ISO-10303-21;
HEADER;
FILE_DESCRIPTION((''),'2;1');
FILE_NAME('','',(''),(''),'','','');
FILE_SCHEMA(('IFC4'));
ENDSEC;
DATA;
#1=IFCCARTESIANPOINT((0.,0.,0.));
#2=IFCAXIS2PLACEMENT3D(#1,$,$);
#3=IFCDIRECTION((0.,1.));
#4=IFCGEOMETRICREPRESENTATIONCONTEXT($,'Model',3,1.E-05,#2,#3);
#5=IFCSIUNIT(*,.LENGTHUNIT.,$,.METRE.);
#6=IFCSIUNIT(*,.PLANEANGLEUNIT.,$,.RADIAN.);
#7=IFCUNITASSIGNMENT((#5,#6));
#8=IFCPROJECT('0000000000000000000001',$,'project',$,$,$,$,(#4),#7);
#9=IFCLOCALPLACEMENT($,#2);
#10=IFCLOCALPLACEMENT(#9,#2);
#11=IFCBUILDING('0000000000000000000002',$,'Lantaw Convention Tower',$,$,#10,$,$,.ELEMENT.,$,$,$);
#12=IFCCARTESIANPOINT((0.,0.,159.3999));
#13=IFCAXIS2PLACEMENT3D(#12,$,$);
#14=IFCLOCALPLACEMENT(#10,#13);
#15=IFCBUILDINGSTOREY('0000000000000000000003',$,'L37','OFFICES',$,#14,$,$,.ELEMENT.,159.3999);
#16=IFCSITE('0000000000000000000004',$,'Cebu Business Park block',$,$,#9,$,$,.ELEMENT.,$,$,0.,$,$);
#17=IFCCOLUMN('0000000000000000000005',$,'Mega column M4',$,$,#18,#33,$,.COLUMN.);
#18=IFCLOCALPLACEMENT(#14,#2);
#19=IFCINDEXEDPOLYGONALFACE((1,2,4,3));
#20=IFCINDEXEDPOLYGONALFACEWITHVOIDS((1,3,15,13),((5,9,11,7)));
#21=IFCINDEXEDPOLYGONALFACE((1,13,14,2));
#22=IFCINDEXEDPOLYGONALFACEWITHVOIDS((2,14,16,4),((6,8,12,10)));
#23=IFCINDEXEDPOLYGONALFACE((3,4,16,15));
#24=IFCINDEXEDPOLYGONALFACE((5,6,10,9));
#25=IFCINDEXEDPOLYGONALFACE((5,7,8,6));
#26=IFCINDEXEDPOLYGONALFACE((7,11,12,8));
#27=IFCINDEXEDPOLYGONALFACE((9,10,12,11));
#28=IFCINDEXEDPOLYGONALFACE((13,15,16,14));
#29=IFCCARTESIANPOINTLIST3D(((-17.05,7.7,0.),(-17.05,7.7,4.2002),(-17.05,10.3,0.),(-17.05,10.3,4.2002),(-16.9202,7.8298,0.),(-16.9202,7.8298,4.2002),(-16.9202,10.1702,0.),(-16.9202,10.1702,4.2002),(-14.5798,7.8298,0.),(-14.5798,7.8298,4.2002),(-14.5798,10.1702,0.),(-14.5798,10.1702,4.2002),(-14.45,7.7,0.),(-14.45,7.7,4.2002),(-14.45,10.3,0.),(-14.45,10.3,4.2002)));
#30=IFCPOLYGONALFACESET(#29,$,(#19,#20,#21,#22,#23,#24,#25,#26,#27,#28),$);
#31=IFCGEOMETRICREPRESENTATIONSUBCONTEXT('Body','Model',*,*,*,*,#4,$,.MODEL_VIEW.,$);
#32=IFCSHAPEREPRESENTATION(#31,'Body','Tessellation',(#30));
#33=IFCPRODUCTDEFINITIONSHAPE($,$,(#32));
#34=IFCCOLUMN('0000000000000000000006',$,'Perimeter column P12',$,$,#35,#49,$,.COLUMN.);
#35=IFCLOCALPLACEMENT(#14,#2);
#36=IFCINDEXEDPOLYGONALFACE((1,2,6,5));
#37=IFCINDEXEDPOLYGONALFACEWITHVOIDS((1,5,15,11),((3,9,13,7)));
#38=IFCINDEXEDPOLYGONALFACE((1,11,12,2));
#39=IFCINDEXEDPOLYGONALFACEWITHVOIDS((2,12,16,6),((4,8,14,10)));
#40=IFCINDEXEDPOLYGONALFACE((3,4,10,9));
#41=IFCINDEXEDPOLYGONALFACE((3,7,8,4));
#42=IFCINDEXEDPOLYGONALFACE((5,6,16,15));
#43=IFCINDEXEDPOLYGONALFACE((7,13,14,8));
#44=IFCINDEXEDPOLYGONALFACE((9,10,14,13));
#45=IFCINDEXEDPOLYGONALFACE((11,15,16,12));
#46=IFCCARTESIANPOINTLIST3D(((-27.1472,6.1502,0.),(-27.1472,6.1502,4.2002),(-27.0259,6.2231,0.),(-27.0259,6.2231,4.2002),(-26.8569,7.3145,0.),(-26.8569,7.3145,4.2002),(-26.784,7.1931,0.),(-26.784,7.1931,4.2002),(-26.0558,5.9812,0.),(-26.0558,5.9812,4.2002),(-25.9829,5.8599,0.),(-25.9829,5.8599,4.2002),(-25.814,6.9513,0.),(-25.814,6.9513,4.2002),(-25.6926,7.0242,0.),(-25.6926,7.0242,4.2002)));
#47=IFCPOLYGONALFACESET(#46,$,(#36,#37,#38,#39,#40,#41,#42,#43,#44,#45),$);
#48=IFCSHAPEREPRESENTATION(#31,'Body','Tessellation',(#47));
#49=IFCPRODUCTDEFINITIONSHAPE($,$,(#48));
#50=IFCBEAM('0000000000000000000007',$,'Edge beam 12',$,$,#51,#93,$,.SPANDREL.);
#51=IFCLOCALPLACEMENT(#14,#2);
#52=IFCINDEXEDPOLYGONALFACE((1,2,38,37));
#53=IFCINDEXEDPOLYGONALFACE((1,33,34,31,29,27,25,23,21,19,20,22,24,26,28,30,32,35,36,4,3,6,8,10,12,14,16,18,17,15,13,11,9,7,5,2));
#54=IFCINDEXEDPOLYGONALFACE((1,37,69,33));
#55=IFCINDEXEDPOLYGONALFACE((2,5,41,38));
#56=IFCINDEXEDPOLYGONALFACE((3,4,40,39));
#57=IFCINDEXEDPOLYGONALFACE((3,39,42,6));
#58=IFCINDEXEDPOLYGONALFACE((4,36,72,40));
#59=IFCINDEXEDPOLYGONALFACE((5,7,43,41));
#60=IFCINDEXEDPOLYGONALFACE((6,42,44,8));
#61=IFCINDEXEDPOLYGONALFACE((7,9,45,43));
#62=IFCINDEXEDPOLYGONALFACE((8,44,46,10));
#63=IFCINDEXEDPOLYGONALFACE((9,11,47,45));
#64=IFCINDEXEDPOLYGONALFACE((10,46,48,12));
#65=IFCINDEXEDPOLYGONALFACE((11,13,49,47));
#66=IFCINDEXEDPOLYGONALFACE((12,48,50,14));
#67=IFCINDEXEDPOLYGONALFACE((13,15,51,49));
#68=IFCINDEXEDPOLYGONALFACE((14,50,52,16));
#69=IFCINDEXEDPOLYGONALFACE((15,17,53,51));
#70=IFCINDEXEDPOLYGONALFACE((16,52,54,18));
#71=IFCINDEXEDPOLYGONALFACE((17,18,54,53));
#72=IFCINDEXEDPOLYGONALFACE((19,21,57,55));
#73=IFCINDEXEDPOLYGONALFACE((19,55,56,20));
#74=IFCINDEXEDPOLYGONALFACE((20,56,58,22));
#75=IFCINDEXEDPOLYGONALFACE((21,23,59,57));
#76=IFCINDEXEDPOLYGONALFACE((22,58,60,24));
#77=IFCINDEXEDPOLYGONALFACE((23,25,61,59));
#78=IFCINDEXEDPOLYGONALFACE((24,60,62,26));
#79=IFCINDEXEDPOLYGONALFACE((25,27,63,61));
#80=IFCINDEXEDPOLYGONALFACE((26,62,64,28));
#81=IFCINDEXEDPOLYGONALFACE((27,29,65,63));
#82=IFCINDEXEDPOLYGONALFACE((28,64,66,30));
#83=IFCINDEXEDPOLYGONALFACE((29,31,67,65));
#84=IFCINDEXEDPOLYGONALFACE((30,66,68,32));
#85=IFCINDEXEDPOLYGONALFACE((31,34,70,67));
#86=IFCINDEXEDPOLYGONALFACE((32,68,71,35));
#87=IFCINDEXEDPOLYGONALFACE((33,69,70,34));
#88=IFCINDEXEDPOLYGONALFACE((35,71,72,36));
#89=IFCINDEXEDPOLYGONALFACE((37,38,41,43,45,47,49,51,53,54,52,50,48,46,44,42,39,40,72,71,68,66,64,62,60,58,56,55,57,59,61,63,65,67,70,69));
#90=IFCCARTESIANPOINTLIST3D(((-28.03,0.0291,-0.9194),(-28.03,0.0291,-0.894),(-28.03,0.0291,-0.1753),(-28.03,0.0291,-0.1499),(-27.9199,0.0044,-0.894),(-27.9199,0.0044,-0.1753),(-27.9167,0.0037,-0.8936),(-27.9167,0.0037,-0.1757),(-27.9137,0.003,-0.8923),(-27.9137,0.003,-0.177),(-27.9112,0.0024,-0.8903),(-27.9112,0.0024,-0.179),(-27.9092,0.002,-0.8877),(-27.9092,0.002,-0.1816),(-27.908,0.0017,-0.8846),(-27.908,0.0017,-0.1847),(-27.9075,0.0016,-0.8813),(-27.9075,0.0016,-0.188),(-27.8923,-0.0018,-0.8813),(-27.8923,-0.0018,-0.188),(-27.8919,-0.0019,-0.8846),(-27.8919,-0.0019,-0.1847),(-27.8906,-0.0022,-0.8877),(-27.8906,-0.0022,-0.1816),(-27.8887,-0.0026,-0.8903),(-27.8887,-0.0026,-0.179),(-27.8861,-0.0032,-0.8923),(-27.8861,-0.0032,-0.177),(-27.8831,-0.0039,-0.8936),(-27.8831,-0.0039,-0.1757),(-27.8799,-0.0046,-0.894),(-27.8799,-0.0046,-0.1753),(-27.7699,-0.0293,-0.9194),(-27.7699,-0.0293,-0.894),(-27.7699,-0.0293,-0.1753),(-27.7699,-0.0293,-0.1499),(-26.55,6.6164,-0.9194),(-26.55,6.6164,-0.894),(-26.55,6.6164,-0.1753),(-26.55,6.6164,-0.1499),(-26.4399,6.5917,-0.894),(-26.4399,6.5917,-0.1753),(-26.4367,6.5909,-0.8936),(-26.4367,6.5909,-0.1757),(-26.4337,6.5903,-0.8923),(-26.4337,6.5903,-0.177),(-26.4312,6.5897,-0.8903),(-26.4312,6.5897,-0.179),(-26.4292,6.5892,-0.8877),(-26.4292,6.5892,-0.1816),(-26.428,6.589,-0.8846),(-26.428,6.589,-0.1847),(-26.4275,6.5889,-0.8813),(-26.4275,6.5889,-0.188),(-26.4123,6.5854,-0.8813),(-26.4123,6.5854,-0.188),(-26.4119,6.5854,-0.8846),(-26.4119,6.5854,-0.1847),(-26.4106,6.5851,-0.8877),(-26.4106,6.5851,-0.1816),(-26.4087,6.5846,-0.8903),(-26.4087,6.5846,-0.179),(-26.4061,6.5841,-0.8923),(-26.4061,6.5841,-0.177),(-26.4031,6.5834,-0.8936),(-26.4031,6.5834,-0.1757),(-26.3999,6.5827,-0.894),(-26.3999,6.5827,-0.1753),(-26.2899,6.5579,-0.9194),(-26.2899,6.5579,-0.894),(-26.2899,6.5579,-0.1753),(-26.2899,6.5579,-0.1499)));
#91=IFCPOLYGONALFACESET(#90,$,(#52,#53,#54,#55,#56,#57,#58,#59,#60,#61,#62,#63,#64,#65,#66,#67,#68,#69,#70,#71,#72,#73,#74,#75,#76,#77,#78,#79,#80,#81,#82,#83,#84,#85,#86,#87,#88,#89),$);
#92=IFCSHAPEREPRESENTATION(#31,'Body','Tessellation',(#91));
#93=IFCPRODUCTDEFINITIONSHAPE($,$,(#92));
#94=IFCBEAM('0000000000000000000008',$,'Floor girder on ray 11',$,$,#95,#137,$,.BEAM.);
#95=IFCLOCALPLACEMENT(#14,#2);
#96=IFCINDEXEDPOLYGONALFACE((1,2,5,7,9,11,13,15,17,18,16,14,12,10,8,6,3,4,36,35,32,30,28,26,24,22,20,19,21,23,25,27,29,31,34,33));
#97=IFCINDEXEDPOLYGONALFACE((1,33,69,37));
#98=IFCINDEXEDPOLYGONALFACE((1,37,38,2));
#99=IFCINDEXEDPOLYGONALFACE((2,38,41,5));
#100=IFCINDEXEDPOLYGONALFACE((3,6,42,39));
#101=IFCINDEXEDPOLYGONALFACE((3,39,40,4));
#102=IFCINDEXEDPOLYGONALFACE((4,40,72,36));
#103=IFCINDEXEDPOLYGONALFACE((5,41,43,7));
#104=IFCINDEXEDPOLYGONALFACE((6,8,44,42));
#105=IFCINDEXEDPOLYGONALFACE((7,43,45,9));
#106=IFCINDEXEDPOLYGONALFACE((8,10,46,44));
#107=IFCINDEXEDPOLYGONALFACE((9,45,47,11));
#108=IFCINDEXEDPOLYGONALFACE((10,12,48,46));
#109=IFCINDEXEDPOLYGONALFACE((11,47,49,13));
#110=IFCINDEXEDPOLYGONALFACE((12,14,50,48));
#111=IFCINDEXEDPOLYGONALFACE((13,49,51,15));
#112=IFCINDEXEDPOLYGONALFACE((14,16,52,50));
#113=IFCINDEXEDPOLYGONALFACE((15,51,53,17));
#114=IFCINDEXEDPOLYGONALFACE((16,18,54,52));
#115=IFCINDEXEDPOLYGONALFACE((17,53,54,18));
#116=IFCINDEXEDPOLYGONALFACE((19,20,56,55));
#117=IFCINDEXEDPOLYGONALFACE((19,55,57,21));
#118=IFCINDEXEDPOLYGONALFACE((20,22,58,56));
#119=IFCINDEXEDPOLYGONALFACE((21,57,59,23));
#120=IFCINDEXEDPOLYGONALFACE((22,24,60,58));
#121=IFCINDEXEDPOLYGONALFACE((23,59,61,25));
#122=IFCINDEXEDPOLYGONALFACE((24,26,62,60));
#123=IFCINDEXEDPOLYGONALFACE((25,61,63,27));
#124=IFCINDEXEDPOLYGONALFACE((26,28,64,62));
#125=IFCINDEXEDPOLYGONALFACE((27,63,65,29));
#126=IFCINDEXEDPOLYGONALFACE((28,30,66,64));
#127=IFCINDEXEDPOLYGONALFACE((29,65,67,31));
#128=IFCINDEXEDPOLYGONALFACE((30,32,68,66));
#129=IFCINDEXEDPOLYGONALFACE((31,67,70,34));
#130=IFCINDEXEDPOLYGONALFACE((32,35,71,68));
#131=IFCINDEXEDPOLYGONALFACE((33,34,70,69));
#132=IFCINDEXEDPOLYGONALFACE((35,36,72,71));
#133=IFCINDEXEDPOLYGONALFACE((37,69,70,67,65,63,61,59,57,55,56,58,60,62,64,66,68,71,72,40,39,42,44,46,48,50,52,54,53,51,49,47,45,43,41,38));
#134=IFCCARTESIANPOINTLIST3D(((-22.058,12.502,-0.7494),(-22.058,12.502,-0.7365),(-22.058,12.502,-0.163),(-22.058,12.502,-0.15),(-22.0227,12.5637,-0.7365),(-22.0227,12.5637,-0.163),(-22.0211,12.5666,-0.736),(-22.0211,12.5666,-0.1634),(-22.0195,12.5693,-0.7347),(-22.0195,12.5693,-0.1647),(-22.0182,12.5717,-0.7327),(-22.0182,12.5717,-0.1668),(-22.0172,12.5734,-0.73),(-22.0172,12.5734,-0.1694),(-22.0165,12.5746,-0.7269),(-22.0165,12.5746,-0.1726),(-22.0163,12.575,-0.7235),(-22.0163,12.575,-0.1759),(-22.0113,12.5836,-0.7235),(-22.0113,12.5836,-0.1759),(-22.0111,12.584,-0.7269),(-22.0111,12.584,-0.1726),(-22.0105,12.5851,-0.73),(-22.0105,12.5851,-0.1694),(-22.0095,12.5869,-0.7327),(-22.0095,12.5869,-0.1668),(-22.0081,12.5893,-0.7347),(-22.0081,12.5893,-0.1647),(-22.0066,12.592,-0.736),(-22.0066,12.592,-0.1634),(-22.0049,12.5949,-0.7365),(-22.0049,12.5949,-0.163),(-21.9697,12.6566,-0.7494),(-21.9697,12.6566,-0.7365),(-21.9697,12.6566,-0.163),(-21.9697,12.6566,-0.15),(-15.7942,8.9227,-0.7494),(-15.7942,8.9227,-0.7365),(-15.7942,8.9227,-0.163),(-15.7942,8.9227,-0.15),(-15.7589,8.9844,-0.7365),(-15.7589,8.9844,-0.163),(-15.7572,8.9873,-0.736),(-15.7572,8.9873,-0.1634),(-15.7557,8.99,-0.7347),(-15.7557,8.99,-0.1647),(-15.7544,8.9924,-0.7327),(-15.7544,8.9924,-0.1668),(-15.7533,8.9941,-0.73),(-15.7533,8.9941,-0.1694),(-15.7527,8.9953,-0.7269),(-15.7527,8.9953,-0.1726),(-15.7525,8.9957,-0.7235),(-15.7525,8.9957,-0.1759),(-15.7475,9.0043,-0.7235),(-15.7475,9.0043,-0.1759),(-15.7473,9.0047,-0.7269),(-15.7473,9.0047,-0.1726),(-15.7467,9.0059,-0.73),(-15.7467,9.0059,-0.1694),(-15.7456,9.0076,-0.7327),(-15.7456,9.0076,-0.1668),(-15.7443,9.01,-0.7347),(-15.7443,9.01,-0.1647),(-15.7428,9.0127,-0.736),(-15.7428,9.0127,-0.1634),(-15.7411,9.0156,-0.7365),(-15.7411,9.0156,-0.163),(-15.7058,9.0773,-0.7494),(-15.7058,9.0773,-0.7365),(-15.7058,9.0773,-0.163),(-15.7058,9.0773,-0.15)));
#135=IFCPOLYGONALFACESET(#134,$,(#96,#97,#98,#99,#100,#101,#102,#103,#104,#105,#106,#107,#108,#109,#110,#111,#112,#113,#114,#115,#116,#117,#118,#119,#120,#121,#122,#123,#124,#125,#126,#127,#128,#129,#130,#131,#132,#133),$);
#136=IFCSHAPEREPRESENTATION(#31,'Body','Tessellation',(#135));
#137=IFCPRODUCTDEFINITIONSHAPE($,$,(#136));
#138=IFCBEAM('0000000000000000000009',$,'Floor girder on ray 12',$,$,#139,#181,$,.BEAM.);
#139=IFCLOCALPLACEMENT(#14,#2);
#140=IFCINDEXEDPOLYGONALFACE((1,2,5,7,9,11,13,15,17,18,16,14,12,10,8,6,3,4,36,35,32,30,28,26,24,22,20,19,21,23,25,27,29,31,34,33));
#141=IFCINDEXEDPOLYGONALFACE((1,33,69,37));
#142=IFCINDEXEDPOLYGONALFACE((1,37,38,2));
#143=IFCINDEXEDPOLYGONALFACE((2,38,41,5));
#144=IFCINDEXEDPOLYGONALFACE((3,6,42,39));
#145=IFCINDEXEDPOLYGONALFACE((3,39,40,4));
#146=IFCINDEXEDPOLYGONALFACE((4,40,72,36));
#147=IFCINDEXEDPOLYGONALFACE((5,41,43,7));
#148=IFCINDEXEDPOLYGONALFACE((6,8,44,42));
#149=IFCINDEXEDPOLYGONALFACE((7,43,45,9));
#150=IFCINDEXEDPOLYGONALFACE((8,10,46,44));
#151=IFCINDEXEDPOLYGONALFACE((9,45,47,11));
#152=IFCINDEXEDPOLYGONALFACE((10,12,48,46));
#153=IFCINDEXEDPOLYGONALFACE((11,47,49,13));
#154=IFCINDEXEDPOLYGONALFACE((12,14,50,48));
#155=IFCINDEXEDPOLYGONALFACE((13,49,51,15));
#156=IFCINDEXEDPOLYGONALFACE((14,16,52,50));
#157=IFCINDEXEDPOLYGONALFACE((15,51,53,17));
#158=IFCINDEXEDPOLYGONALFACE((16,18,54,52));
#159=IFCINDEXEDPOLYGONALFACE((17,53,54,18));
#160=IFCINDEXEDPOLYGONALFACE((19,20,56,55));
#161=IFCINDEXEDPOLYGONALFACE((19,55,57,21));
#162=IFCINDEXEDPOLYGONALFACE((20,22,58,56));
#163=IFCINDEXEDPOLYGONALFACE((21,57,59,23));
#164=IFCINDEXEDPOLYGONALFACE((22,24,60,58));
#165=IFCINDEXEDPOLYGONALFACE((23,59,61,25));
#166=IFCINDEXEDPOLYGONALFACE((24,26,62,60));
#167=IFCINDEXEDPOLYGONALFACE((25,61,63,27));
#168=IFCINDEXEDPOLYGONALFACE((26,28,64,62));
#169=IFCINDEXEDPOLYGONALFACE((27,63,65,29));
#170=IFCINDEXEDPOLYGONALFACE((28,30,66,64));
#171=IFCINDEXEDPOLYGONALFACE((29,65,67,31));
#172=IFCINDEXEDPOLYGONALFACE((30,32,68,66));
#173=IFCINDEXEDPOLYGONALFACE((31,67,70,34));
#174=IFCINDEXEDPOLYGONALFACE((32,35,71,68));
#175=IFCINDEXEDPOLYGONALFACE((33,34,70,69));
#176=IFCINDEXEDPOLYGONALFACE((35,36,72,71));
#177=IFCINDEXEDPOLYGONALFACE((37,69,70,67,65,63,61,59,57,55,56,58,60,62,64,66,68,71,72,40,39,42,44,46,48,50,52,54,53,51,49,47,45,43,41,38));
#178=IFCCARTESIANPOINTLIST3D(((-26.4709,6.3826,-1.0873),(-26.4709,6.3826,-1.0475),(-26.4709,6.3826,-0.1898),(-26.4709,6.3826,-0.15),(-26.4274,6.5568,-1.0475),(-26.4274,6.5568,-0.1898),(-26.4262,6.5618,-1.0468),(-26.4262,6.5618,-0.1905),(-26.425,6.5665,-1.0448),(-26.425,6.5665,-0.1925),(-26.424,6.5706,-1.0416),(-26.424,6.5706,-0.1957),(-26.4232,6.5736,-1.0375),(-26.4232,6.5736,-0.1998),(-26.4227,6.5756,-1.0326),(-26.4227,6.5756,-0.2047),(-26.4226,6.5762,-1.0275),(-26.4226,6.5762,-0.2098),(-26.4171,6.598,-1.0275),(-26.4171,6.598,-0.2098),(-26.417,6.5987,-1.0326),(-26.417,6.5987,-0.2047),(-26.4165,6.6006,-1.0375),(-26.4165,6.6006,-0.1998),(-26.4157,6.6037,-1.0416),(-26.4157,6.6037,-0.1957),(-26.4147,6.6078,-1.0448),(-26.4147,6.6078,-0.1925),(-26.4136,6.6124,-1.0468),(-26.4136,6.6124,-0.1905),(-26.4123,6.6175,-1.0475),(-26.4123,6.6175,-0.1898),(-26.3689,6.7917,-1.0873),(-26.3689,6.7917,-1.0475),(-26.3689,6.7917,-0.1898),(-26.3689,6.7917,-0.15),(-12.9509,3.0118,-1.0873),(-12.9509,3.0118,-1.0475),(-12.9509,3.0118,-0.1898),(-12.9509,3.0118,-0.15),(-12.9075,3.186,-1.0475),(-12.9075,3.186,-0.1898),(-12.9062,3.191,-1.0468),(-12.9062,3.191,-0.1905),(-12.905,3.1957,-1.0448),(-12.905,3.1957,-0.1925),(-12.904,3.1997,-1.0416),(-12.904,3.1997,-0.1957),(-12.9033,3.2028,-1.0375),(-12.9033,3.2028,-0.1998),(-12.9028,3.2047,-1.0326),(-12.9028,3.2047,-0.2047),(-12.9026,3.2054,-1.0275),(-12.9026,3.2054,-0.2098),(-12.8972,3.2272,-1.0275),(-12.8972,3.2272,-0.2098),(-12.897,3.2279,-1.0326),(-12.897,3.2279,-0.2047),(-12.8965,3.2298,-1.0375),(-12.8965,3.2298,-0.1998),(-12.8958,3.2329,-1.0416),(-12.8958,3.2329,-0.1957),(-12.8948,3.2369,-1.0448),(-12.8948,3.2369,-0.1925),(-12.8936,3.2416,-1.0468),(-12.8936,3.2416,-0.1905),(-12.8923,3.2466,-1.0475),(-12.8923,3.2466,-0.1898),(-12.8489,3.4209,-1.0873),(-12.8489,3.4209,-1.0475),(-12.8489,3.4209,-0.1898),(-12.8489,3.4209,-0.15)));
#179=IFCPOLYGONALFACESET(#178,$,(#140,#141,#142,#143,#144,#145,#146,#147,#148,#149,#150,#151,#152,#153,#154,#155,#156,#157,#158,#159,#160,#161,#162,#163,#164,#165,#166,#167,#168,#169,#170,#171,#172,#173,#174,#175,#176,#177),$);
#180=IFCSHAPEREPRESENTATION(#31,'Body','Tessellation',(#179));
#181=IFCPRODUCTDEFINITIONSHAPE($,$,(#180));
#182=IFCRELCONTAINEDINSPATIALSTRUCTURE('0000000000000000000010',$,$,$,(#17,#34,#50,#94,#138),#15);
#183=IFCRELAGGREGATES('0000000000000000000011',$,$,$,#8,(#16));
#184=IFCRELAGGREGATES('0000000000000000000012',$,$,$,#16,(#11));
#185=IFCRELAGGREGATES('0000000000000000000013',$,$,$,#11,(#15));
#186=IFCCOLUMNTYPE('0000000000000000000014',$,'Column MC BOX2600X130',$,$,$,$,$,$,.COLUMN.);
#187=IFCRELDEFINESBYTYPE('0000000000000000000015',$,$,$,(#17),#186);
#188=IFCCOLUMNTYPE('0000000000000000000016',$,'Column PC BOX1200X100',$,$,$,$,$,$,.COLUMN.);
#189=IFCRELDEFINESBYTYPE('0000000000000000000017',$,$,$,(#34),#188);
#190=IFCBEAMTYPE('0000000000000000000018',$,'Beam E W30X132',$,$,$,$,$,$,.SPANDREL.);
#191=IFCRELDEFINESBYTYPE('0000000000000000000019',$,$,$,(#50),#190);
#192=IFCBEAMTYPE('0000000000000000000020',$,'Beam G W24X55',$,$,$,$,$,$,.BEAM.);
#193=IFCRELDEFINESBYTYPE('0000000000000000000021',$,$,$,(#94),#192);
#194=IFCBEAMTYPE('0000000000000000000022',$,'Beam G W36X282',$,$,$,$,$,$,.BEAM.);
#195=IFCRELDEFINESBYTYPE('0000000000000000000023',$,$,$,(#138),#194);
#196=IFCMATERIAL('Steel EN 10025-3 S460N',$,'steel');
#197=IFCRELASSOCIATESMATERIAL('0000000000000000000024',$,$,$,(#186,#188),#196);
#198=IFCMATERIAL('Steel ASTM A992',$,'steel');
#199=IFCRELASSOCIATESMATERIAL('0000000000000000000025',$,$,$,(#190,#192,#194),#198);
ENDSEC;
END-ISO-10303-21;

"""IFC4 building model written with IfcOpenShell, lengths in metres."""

from ifc_helpers import new_model, si_unit, direction, frame, origin, origin_2d, place, context, subcontext, project, spatial, rectangle, hollow_rectangle, i_section, extrude, material, material_profile, profile_set, type_object, element, save


model = new_model("IFC4")

# Units and contexts
model_context = context("Model", 3, precision=1e-05, world=origin(), true_north=direction((0.0, 1.0)))
body_context = subcontext(model_context, "Body", "Model", "MODEL_VIEW")
ifc_project = project(units=[si_unit("LENGTHUNIT", "METRE"), si_unit("PLANEANGLEUNIT", "RADIAN")], contexts=[model_context])

# Site, building, storey
site_placement = place(None, origin())
site = spatial("IfcSite", under=ifc_project, at=site_placement, Name="Cebu Business Park block", CompositionType="ELEMENT", RefElevation=0.0)
building_placement = place(site_placement, origin())
building = spatial("IfcBuilding", under=site, at=building_placement, Name="Lantaw Convention Tower", CompositionType="ELEMENT")
storey_placement = place(building_placement, frame((0.0, 0.0, 159.3999)))
storey = spatial("IfcBuildingStorey", under=building, at=storey_placement, Name="L37", Description="OFFICES", CompositionType="ELEMENT", Elevation=159.3999)

# Columns
ifc_material_1 = material(Name="Steel EN 10025-3 S460N", Category="steel")
ifc_material_profile_1 = material_profile(ifc_material_1, hollow_rectangle(XDim=2.6001, YDim=2.6001, WallThickness=0.1299, at=origin_2d()), Name="BOX2600X130")
ifc_material_2 = material(Name="Concrete C60/75", Category="concrete")
ifc_material_profile_2 = material_profile(ifc_material_2, rectangle(XDim=2.3401, YDim=2.3401, at=origin_2d()), Name="Concrete fill of BOX2600X130")
ifc_profile_set_1 = profile_set([ifc_material_profile_1, ifc_material_profile_2], Name="Steel EN 10025-3 S460N")
column_type_1 = type_object("IfcColumnType", Name="Column MC BOX2600X130", PredefinedType="COLUMN", material=ifc_profile_set_1)
column_1_placement = place(storey_placement, frame((-15.75, 9.0, 0.0), z_axis=(0.0, 0.0, 1.0), x_axis=(1.0, 0.0, 0.0)))
element("IfcColumn", 1, at=column_1_placement, inside=storey, type_object=column_type_1, Name="Mega column M4", PredefinedType="COLUMN", context=body_context, shape_type="SweptSolid", body=[
    extrude(hollow_rectangle(XDim=2.6001, YDim=2.6001, WallThickness=0.1299, at=origin_2d()), origin(), (0.0, 0.0, 1.0), 4.2002),
])
ifc_material_profile_3 = material_profile(ifc_material_1, hollow_rectangle(XDim=1.2, YDim=1.2, WallThickness=0.1001, at=origin_2d()), Name="BOX1200X100")
ifc_material_profile_4 = material_profile(ifc_material_2, rectangle(XDim=1.0, YDim=1.0, at=origin_2d()), Name="Concrete fill of BOX1200X100")
ifc_profile_set_2 = profile_set([ifc_material_profile_3, ifc_material_profile_4], Name="Steel EN 10025-3 S460N")
column_type_2 = type_object("IfcColumnType", Name="Column PC BOX1200X100", PredefinedType="COLUMN", material=ifc_profile_set_2)
column_2_placement = place(storey_placement, frame((-26.4199, 6.5872, 0.0), z_axis=(0.0, 0.0, 1.0), x_axis=(0.241922, 0.970296, 0.0)))
element("IfcColumn", 2, at=column_2_placement, inside=storey, type_object=column_type_2, Name="Perimeter column P12", PredefinedType="COLUMN", context=body_context, shape_type="SweptSolid", body=[
    extrude(hollow_rectangle(XDim=1.2, YDim=1.2, WallThickness=0.1001, at=origin_2d()), origin(), (0.0, 0.0, 1.0), 4.2002),
])

# Beams
ifc_material_3 = material(Name="Steel ASTM A992", Category="steel")
ifc_material_profile_5 = material_profile(ifc_material_3, i_section(OverallWidth=0.2666, OverallDepth=0.7695, WebThickness=0.0156, FlangeThickness=0.0254, FilletRadius=0.0127, at=origin_2d()), Name="W30X132")
ifc_profile_set_3 = profile_set([ifc_material_profile_5], Name="Steel ASTM A992")
beam_type_1 = type_object("IfcBeamType", Name="Beam E W30X132", PredefinedType="SPANDREL", material=ifc_profile_set_3)
beam_1_placement = place(storey_placement, frame((-26.4199, 6.5872, -0.5347), z_axis=(-0.219212, -0.975677, 0.0), x_axis=(0.975677, -0.219212, 0.0)))
element("IfcBeam", 3, at=beam_1_placement, inside=storey, type_object=beam_type_1, Name="Edge beam 12", PredefinedType="SPANDREL", context=body_context, shape_type="SweptSolid", body=[
    extrude(i_section(OverallWidth=0.2666, OverallDepth=0.7695, WebThickness=0.0156, FlangeThickness=0.0254, FilletRadius=0.0127, at=origin_2d()), origin(), (0.0, 0.0, 1.0), 6.7515),
])
ifc_material_profile_6 = material_profile(ifc_material_3, i_section(OverallWidth=0.178, OverallDepth=0.5994, WebThickness=0.01, FlangeThickness=0.0129, FilletRadius=0.0129, at=origin_2d()), Name="W24X55")
ifc_profile_set_4 = profile_set([ifc_material_profile_6], Name="Steel ASTM A992")
beam_type_2 = type_object("IfcBeamType", Name="Beam G W24X55", PredefinedType="BEAM", material=ifc_profile_set_4)
beam_2_placement = place(storey_placement, frame((-15.75, 9.0, -0.4497), z_axis=(-0.868245, 0.496135, 0.0), x_axis=(-0.496135, -0.868245, 0.0)))
element("IfcBeam", 4, at=beam_2_placement, inside=storey, type_object=beam_type_2, Name="Floor girder on ray 11", PredefinedType="BEAM", context=body_context, shape_type="SweptSolid", body=[
    extrude(i_section(OverallWidth=0.178, OverallDepth=0.5994, WebThickness=0.01, FlangeThickness=0.0129, FilletRadius=0.0129, at=origin_2d()), origin(), (0.0, 0.0, 1.0), 7.2144),
])
ifc_material_profile_7 = material_profile(ifc_material_3, i_section(OverallWidth=0.4216, OverallDepth=0.9373, WebThickness=0.0225, FlangeThickness=0.0398, FilletRadius=0.02, at=origin_2d()), Name="W36X282")
ifc_profile_set_5 = profile_set([ifc_material_profile_7], Name="Steel ASTM A992")
beam_type_3 = type_object("IfcBeamType", Name="Beam G W36X282", PredefinedType="BEAM", material=ifc_profile_set_5)
beam_3_placement = place(storey_placement, frame((-12.8999, 3.2163, -0.6187), z_axis=(-0.970297, 0.241917, 0.0), x_axis=(-0.241917, -0.970297, 0.0)))
element("IfcBeam", 5, at=beam_3_placement, inside=storey, type_object=beam_type_3, Name="Floor girder on ray 12", PredefinedType="BEAM", context=body_context, shape_type="SweptSolid", body=[
    extrude(i_section(OverallWidth=0.4216, OverallDepth=0.9373, WebThickness=0.0225, FlangeThickness=0.0398, FilletRadius=0.02, at=origin_2d()), origin(), (0.0, 0.0, 1.0), 13.9338),
])

save(model, "model.ifc")
